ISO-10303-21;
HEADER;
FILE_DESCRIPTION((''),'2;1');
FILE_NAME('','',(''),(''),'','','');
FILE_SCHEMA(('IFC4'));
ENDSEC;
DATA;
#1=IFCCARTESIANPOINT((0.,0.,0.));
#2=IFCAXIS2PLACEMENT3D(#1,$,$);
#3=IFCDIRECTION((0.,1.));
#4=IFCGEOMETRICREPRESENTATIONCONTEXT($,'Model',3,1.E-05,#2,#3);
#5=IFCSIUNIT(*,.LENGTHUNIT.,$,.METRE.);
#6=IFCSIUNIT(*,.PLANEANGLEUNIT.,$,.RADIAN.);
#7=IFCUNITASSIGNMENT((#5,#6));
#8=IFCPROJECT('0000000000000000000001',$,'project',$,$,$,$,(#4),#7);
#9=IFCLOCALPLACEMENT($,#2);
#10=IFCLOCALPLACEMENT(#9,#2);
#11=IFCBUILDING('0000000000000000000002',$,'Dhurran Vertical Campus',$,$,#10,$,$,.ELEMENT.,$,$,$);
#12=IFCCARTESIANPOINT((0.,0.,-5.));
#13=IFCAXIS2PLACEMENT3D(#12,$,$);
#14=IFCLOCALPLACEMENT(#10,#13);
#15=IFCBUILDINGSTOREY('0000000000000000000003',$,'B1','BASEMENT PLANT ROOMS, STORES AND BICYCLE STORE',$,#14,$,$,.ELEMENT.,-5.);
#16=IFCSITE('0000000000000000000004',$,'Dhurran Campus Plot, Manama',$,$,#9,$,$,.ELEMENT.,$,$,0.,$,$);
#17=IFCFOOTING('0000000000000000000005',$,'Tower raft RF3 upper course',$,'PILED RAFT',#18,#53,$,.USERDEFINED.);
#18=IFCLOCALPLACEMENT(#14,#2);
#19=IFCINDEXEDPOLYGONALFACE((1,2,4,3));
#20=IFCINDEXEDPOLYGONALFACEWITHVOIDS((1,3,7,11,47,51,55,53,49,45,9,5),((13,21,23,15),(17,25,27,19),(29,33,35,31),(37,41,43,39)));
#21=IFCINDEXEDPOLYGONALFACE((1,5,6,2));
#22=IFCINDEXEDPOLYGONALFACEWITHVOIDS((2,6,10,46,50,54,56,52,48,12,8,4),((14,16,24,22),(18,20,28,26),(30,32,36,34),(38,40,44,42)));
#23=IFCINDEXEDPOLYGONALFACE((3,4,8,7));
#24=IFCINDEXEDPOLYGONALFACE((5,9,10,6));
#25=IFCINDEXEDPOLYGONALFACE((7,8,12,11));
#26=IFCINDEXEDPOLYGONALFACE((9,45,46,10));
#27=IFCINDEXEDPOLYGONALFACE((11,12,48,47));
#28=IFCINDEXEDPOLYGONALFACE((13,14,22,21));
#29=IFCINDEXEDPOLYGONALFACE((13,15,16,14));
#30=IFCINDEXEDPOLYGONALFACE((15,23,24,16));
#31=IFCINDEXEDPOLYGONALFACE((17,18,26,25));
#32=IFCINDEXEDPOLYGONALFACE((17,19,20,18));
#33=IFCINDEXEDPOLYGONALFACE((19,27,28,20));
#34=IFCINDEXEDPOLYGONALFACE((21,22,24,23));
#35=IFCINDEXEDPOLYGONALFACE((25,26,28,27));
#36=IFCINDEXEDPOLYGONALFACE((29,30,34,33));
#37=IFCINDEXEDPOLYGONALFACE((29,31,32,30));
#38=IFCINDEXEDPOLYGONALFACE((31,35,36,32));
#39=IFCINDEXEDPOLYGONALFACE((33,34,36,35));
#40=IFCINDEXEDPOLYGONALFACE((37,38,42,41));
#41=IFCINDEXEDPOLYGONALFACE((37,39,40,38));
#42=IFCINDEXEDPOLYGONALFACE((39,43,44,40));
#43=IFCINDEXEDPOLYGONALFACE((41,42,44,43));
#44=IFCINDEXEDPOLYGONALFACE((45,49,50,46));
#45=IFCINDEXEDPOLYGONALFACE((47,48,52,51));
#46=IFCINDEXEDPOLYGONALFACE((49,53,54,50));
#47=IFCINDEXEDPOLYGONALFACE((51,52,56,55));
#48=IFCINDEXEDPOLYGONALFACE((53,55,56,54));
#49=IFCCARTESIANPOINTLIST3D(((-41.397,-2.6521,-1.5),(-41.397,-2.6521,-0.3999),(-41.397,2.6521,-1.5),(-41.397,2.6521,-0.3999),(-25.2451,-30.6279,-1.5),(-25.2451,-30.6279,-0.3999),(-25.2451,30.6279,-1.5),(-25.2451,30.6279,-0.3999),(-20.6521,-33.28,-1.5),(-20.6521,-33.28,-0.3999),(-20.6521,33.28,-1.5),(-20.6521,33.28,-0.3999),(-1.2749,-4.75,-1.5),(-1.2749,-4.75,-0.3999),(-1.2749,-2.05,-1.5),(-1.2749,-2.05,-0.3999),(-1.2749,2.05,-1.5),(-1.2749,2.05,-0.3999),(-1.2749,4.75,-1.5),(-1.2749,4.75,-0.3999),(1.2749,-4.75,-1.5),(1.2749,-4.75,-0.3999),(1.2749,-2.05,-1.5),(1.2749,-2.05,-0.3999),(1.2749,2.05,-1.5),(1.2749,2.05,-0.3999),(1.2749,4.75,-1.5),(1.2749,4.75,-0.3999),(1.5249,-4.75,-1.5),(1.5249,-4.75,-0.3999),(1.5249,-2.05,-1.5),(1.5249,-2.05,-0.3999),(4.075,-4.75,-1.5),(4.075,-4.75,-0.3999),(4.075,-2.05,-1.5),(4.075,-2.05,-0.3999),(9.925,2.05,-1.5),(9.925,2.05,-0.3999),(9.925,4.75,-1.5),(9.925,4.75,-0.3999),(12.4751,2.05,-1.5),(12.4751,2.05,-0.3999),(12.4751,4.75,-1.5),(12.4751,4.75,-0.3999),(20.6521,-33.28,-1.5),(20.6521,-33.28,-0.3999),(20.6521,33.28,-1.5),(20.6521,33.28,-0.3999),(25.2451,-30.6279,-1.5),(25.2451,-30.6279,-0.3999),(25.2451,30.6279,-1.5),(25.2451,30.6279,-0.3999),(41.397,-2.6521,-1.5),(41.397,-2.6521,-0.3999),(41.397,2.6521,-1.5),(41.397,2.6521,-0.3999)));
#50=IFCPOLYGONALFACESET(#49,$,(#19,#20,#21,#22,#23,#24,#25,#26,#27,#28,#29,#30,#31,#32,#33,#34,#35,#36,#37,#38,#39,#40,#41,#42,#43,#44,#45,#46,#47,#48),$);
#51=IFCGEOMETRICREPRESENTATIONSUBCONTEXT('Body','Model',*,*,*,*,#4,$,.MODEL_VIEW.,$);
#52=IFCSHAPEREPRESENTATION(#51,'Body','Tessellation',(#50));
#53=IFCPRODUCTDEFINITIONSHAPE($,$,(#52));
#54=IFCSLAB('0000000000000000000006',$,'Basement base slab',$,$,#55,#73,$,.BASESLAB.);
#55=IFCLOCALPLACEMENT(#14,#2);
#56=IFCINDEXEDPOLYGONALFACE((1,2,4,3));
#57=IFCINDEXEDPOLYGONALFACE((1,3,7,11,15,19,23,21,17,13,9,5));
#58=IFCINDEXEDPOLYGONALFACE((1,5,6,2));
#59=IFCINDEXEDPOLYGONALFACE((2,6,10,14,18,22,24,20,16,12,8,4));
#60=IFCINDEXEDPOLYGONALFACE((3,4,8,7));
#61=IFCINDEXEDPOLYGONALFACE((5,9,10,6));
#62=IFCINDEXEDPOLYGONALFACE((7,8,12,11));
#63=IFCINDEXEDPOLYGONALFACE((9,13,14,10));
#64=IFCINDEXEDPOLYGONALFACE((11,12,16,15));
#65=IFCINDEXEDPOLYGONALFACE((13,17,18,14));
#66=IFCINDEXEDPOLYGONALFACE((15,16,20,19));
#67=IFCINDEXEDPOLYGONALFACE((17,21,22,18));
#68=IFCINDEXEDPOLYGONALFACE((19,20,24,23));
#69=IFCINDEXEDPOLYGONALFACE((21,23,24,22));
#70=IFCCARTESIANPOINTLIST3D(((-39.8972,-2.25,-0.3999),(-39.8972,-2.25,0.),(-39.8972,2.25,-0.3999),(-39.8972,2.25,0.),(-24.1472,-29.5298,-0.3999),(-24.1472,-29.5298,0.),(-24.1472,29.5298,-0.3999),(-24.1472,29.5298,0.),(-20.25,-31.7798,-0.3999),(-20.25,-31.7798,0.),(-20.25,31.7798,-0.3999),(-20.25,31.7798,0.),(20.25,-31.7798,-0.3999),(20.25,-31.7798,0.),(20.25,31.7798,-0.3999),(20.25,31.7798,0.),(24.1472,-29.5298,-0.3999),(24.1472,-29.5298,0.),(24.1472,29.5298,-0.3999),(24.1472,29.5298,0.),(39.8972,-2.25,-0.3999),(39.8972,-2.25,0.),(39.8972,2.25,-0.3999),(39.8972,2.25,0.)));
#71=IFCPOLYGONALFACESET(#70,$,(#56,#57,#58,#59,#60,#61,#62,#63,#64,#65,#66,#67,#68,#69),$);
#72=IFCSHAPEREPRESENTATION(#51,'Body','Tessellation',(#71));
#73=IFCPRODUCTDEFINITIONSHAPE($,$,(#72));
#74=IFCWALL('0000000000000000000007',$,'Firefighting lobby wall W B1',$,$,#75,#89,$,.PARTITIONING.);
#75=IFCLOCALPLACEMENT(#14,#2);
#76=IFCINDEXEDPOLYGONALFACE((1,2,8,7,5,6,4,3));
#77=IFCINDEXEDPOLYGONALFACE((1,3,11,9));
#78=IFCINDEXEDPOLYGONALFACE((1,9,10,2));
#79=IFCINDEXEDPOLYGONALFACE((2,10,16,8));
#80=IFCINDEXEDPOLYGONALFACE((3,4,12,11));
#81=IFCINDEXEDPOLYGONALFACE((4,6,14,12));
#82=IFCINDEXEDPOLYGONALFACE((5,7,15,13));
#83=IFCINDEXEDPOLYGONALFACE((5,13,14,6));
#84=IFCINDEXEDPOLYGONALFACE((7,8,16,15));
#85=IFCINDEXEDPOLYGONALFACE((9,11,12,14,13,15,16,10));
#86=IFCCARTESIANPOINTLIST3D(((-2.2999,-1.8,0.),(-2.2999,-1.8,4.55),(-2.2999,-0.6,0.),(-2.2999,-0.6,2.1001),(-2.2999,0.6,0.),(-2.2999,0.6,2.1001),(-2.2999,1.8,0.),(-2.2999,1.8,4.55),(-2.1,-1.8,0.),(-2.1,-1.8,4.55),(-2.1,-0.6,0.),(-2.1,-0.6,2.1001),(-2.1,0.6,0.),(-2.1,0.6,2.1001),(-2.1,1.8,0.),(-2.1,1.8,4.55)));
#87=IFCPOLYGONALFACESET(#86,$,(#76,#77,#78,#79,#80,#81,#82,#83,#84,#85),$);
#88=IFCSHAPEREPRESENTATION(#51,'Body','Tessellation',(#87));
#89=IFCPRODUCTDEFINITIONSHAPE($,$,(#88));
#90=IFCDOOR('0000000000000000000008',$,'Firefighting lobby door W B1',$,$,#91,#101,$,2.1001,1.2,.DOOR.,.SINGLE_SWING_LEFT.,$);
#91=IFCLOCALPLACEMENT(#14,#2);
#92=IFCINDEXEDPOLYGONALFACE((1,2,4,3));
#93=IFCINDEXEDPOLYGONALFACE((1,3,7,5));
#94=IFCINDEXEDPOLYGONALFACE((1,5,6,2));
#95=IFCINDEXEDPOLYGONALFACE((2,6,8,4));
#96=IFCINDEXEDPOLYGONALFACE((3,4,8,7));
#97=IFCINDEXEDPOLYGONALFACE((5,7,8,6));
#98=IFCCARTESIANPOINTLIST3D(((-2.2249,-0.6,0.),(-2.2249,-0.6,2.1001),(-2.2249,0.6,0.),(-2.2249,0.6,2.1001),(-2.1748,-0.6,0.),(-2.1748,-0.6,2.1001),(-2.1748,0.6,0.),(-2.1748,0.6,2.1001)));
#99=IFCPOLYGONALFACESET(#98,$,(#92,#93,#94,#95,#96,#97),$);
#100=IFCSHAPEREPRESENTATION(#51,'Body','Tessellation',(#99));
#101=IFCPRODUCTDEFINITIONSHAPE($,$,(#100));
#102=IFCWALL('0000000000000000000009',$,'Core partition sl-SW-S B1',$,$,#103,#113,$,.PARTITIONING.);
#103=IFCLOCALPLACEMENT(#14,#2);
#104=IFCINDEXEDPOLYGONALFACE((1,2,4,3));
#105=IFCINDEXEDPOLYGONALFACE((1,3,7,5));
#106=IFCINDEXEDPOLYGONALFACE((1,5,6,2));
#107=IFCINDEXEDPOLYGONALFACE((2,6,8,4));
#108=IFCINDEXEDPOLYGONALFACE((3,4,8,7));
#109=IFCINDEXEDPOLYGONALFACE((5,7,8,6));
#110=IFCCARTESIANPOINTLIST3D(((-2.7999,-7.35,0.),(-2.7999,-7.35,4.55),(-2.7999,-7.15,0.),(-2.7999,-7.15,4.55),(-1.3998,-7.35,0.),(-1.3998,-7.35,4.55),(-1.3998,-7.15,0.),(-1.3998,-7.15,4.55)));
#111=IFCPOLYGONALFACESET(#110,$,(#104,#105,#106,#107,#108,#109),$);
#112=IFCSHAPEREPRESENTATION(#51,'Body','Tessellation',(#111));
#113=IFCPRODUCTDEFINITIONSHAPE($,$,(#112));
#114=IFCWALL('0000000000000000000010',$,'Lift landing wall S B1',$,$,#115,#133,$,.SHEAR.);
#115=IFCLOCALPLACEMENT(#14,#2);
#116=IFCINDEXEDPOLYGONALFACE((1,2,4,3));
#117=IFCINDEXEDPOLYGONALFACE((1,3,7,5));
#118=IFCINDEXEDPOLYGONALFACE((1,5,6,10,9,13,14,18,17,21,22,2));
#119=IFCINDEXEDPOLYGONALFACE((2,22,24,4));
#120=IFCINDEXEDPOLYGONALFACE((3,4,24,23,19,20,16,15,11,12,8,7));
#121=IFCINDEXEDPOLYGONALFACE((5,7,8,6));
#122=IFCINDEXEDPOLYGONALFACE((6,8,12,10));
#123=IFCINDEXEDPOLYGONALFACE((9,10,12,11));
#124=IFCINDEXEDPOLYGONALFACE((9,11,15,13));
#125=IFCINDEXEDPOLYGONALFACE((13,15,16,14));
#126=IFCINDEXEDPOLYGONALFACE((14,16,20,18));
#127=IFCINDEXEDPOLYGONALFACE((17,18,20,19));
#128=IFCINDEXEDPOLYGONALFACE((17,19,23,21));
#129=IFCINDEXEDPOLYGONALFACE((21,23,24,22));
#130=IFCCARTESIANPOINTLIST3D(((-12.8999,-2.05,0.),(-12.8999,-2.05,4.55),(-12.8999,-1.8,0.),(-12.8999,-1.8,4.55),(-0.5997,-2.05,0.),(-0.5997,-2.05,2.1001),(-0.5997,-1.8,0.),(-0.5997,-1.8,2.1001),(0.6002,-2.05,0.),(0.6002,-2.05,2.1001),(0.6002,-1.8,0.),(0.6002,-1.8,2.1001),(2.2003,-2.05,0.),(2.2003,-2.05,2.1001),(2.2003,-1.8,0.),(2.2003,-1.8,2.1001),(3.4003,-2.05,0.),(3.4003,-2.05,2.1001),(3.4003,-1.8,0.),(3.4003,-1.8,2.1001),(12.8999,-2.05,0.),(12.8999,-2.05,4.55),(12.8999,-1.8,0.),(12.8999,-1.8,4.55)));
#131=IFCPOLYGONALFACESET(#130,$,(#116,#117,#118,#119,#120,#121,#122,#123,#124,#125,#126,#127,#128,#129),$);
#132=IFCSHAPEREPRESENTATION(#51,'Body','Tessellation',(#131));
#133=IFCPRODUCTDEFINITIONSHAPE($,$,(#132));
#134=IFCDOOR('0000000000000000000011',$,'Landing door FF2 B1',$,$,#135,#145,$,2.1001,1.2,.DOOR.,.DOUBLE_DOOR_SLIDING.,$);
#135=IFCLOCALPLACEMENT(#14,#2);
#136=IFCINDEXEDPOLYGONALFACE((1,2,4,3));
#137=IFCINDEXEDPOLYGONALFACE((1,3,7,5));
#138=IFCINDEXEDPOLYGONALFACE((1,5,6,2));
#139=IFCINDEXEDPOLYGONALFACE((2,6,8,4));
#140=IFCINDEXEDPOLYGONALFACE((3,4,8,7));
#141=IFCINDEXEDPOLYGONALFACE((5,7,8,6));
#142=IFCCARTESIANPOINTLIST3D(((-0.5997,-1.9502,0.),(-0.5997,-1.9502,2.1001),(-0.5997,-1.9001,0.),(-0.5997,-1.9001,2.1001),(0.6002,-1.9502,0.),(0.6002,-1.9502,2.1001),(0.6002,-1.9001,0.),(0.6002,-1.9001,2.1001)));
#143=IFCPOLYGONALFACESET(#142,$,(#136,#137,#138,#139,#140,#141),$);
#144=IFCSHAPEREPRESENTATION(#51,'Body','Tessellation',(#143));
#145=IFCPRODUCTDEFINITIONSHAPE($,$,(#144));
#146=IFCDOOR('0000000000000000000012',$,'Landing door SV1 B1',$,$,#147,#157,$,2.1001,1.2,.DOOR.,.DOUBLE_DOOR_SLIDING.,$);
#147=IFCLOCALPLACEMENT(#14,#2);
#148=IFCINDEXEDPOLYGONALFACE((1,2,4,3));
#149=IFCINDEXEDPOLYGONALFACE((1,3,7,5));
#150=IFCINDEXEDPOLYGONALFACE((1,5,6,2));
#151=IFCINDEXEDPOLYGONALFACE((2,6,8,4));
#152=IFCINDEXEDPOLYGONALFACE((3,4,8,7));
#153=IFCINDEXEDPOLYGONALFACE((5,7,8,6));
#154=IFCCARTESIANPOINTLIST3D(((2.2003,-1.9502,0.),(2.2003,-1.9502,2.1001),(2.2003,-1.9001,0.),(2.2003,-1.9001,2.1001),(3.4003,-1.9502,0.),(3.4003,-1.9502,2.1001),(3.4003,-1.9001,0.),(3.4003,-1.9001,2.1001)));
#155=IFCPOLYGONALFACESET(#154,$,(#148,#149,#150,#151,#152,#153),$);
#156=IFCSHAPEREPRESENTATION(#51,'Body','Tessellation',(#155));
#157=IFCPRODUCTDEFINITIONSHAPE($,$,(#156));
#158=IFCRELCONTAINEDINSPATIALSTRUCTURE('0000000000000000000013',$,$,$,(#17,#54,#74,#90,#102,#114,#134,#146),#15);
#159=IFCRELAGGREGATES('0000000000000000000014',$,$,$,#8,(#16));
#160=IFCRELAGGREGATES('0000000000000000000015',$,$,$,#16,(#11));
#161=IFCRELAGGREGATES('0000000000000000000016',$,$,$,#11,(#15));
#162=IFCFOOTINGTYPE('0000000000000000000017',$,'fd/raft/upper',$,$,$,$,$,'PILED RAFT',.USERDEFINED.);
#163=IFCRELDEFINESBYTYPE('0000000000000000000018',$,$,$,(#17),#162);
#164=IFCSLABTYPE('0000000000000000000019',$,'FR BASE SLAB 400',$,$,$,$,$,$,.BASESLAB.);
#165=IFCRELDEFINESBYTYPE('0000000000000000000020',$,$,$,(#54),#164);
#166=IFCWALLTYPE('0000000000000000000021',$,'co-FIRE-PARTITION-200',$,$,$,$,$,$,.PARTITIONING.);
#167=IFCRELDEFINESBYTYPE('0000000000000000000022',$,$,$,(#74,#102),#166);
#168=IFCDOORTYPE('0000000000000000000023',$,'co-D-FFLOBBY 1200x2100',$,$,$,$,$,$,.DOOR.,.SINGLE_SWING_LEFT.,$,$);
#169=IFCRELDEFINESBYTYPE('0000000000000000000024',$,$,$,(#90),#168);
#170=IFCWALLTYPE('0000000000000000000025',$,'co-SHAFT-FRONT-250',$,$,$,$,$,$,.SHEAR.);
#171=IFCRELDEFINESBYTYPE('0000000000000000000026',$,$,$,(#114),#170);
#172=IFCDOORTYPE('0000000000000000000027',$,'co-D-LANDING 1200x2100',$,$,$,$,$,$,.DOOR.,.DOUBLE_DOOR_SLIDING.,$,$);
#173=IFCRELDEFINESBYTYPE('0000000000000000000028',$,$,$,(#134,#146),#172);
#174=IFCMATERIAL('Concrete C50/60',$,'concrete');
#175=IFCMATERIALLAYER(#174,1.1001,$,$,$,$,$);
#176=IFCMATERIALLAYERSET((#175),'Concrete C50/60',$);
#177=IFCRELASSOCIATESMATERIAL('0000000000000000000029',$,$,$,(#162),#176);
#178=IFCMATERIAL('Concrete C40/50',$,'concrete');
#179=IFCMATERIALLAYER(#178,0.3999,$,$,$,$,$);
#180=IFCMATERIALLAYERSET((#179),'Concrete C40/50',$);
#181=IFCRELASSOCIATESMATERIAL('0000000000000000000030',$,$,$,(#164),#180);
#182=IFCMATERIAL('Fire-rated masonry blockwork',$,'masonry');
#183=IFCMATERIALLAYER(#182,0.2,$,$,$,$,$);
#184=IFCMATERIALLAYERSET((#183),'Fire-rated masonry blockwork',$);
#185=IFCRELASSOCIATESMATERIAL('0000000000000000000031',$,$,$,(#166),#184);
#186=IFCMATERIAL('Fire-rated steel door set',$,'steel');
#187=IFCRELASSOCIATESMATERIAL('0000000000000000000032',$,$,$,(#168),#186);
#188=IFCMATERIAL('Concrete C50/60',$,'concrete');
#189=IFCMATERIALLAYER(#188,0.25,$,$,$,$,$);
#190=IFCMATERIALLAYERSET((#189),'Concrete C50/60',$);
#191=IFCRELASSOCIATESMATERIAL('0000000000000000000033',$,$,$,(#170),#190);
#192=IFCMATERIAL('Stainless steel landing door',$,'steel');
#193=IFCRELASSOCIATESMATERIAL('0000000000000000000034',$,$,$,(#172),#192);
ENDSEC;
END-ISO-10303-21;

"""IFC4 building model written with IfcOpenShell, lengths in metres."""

from ifc_helpers import new_model, si_unit, direction, frame, frame_2d, origin, place, context, subcontext, project, spatial, polyline, rectangle, outline, extrude, material, layer, layer_set, type_object, element, fill, save


model = new_model("IFC4")

# Units and contexts
model_context = context("Model", 3, precision=1e-05, world=origin(), true_north=direction((0.0, 1.0)))
body_context = subcontext(model_context, "Body", "Model", "MODEL_VIEW")
ifc_project = project(units=[si_unit("LENGTHUNIT", "METRE"), si_unit("PLANEANGLEUNIT", "RADIAN")], contexts=[model_context])

# Site, building, storey
site_placement = place(None, origin())
site = spatial("IfcSite", under=ifc_project, at=site_placement, Name="Dhurran Campus Plot, Manama", CompositionType="ELEMENT", RefElevation=0.0)
building_placement = place(site_placement, origin())
building = spatial("IfcBuilding", under=site, at=building_placement, Name="Dhurran Vertical Campus", CompositionType="ELEMENT")
storey_placement = place(building_placement, frame((0.0, 0.0, -5.0)))
storey = spatial("IfcBuildingStorey", under=building, at=storey_placement, Name="B1", Description="BASEMENT PLANT ROOMS, STORES AND BICYCLE STORE", CompositionType="ELEMENT", Elevation=-5.0)

# Footing
ifc_material_1 = material(Name="Concrete C50/60", Category="concrete")
ifc_layer_1 = layer(ifc_material_1, 1.1001)
ifc_layer_set_1 = layer_set([ifc_layer_1], Name="Concrete C50/60")
footing_type_1 = type_object("IfcFootingType", Name="fd/raft/upper", ElementType="PILED RAFT", PredefinedType="USERDEFINED", material=ifc_layer_set_1)
footing_1_placement = place(storey_placement, frame((0.0, 0.0, -1.5)))
element("IfcFooting", 1, at=footing_1_placement, inside=storey, type_object=footing_type_1, Name="Tower raft RF3 upper course", ObjectType="PILED RAFT", PredefinedType="USERDEFINED", context=body_context, shape_type="SweptSolid", body=[
    extrude(outline(polyline([(-20.6521, -33.28), (20.6521, -33.28), (25.2451, -30.6279), (41.397, -2.6521), (41.397, 2.6521), (25.2451, 30.6279), (20.6521, 33.28), (-20.6521, 33.28), (-25.2451, 30.6279), (-41.397, 2.6521), (-41.397, -2.6521), (-25.2451, -30.6279), (-20.6521, -33.28)]), holes=[polyline([(-1.2749, -4.75), (1.2749, -4.75), (1.2749, -2.05), (-1.2749, -2.05), (-1.2749, -4.75)]), polyline([(-1.2749, 2.05), (1.2749, 2.05), (1.2749, 4.75), (-1.2749, 4.75), (-1.2749, 2.05)]), polyline([(1.5249, -4.75), (4.075, -4.75), (4.075, -2.05), (1.5249, -2.05), (1.5249, -4.75)]), polyline([(9.925, 2.05), (12.4751, 2.05), (12.4751, 4.75), (9.925, 4.75), (9.925, 2.05)])]), origin(), (0.0, 0.0, 1.0), 1.1001),
])

# Slab
ifc_material_2 = material(Name="Concrete C40/50", Category="concrete")
ifc_layer_2 = layer(ifc_material_2, 0.3999)
ifc_layer_set_2 = layer_set([ifc_layer_2], Name="Concrete C40/50")
slab_type = type_object("IfcSlabType", Name="FR BASE SLAB 400", PredefinedType="BASESLAB", material=ifc_layer_set_2)
slab_placement = place(storey_placement, frame((0.0, 0.0, -0.3999)))
element("IfcSlab", 2, at=slab_placement, inside=storey, type_object=slab_type, Name="Basement base slab", PredefinedType="BASESLAB", context=body_context, shape_type="SweptSolid", body=[
    extrude(outline(polyline([(-20.25, -31.7798), (20.25, -31.7798), (24.1472, -29.5298), (39.8972, -2.25), (39.8972, 2.25), (24.1472, 29.5298), (20.25, 31.7798), (-20.25, 31.7798), (-24.1472, 29.5298), (-39.8972, 2.25), (-39.8972, -2.25), (-24.1472, -29.5298), (-20.25, -31.7798)])), origin(), (0.0, 0.0, 1.0), 0.3999),
])

# Wall, opening, door
ifc_material_3 = material(Name="Fire-rated masonry blockwork", Category="masonry")
ifc_layer_3 = layer(ifc_material_3, 0.2)
ifc_layer_set_3 = layer_set([ifc_layer_3], Name="Fire-rated masonry blockwork")
wall_type_1 = type_object("IfcWallType", Name="co-FIRE-PARTITION-200", PredefinedType="PARTITIONING", material=ifc_layer_set_3)
wall_1_placement = place(storey_placement, frame((-2.2, -1.8, 0.0), z_axis=(0.0, 0.0, 1.0), x_axis=(0.0, 1.0, 0.0)))
wall_1 = element("IfcWall", 3, at=wall_1_placement, inside=storey, type_object=wall_type_1, Name="Firefighting lobby wall W B1", PredefinedType="PARTITIONING", context=body_context, shape_type="SweptSolid", body=[
    extrude(rectangle(XDim=3.6001, YDim=0.2, at=frame_2d((1.8, 0.0))), origin(), (0.0, 0.0, 1.0), 4.55),
])
opening_1_placement = place(wall_1_placement, frame((1.2, 0.0, 0.0)))
opening_1 = element("IfcOpeningElement", 4, at=opening_1_placement, cuts=wall_1, PredefinedType="OPENING", context=body_context, shape_type="SweptSolid", body=[
    extrude(rectangle(XDim=1.2, YDim=2.1001, at=frame_2d((0.6001, 1.05))), frame((0.0, 0.1099, 0.0), z_axis=(0.0, -1.0, 0.0), x_axis=(1.0, 0.0, 0.0)), (0.0, 0.0, 1.0), 0.22),
])
ifc_material_4 = material(Name="Fire-rated steel door set", Category="steel")
door_type_1 = type_object("IfcDoorType", Name="co-D-FFLOBBY 1200x2100", OperationType="SINGLE_SWING_LEFT", PredefinedType="DOOR", material=ifc_material_4)
door_1_placement = place(opening_1_placement, origin())
door_1 = element("IfcDoor", 5, at=door_1_placement, inside=storey, type_object=door_type_1, Name="Firefighting lobby door W B1", OperationType="SINGLE_SWING_LEFT", OverallHeight=2.1001, OverallWidth=1.2, PredefinedType="DOOR", context=body_context, shape_type="SweptSolid", body=[
    extrude(rectangle(XDim=1.2, YDim=2.1001, at=frame_2d((0.6001, 1.05))), frame((0.0, 0.0249, 0.0), z_axis=(0.0, -1.0, 0.0), x_axis=(1.0, 0.0, 0.0)), (0.0, 0.0, 1.0), 0.05),
])
fill(opening_1, door_1)

# Wall
wall_2_placement = place(storey_placement, frame((-2.8, -7.25, 0.0), z_axis=(0.0, 0.0, 1.0), x_axis=(1.0, 0.0, 0.0)))
element("IfcWall", 6, at=wall_2_placement, inside=storey, type_object=wall_type_1, Name="Core partition sl-SW-S B1", PredefinedType="PARTITIONING", context=body_context, shape_type="SweptSolid", body=[
    extrude(rectangle(XDim=1.4001, YDim=0.2, at=frame_2d((0.7002, 0.0))), origin(), (0.0, 0.0, 1.0), 4.55),
])

# Wall, openings, doors
ifc_material_5 = material(Name="Concrete C50/60", Category="concrete")
ifc_layer_4 = layer(ifc_material_5, 0.25)
ifc_layer_set_4 = layer_set([ifc_layer_4], Name="Concrete C50/60")
wall_type_2 = type_object("IfcWallType", Name="co-SHAFT-FRONT-250", PredefinedType="SHEAR", material=ifc_layer_set_4)
wall_3_placement = place(storey_placement, frame((-12.8999, -1.925, 0.0), z_axis=(0.0, 0.0, 1.0), x_axis=(1.0, 0.0, 0.0)))
wall_3 = element("IfcWall", 7, at=wall_3_placement, inside=storey, type_object=wall_type_2, Name="Lift landing wall S B1", PredefinedType="SHEAR", context=body_context, shape_type="SweptSolid", body=[
    extrude(rectangle(XDim=25.7998, YDim=0.25, at=frame_2d((12.8999, 0.0))), origin(), (0.0, 0.0, 1.0), 4.55),
])
opening_2_placement = place(wall_3_placement, frame((12.3, 0.0, 0.0)))
opening_2 = element("IfcOpeningElement", 8, at=opening_2_placement, cuts=wall_3, PredefinedType="OPENING", context=body_context, shape_type="SweptSolid", body=[
    extrude(rectangle(XDim=1.2, YDim=2.1001, at=frame_2d((0.6001, 1.05))), frame((0.0, 0.135, 0.0), z_axis=(0.0, -1.0, 0.0), x_axis=(1.0, 0.0, 0.0)), (0.0, 0.0, 1.0), 0.27),
])
opening_3_placement = place(wall_3_placement, frame((15.1001, 0.0, 0.0)))
opening_3 = element("IfcOpeningElement", 9, at=opening_3_placement, cuts=wall_3, PredefinedType="OPENING", context=body_context, shape_type="SweptSolid", body=[
    extrude(rectangle(XDim=1.2, YDim=2.1001, at=frame_2d((0.6001, 1.05))), frame((0.0, 0.135, 0.0), z_axis=(0.0, -1.0, 0.0), x_axis=(1.0, 0.0, 0.0)), (0.0, 0.0, 1.0), 0.27),
])
ifc_material_6 = material(Name="Stainless steel landing door", Category="steel")
door_type_2 = type_object("IfcDoorType", Name="co-D-LANDING 1200x2100", OperationType="DOUBLE_DOOR_SLIDING", PredefinedType="DOOR", material=ifc_material_6)
door_2_placement = place(opening_2_placement, origin())
door_2 = element("IfcDoor", 10, at=door_2_placement, inside=storey, type_object=door_type_2, Name="Landing door FF2 B1", OperationType="DOUBLE_DOOR_SLIDING", OverallHeight=2.1001, OverallWidth=1.2, PredefinedType="DOOR", context=body_context, shape_type="SweptSolid", body=[
    extrude(rectangle(XDim=1.2, YDim=2.1001, at=frame_2d((0.6001, 1.05))), frame((0.0, 0.0249, 0.0), z_axis=(0.0, -1.0, 0.0), x_axis=(1.0, 0.0, 0.0)), (0.0, 0.0, 1.0), 0.05),
])
fill(opening_2, door_2)
door_3_placement = place(opening_3_placement, origin())
door_3 = element("IfcDoor", 11, at=door_3_placement, inside=storey, type_object=door_type_2, Name="Landing door SV1 B1", OperationType="DOUBLE_DOOR_SLIDING", OverallHeight=2.1001, OverallWidth=1.2, PredefinedType="DOOR", context=body_context, shape_type="SweptSolid", body=[
    extrude(rectangle(XDim=1.2, YDim=2.1001, at=frame_2d((0.6001, 1.05))), frame((0.0, 0.0249, 0.0), z_axis=(0.0, -1.0, 0.0), x_axis=(1.0, 0.0, 0.0)), (0.0, 0.0, 1.0), 0.05),
])
fill(opening_3, door_3)

save(model, "model.ifc")
